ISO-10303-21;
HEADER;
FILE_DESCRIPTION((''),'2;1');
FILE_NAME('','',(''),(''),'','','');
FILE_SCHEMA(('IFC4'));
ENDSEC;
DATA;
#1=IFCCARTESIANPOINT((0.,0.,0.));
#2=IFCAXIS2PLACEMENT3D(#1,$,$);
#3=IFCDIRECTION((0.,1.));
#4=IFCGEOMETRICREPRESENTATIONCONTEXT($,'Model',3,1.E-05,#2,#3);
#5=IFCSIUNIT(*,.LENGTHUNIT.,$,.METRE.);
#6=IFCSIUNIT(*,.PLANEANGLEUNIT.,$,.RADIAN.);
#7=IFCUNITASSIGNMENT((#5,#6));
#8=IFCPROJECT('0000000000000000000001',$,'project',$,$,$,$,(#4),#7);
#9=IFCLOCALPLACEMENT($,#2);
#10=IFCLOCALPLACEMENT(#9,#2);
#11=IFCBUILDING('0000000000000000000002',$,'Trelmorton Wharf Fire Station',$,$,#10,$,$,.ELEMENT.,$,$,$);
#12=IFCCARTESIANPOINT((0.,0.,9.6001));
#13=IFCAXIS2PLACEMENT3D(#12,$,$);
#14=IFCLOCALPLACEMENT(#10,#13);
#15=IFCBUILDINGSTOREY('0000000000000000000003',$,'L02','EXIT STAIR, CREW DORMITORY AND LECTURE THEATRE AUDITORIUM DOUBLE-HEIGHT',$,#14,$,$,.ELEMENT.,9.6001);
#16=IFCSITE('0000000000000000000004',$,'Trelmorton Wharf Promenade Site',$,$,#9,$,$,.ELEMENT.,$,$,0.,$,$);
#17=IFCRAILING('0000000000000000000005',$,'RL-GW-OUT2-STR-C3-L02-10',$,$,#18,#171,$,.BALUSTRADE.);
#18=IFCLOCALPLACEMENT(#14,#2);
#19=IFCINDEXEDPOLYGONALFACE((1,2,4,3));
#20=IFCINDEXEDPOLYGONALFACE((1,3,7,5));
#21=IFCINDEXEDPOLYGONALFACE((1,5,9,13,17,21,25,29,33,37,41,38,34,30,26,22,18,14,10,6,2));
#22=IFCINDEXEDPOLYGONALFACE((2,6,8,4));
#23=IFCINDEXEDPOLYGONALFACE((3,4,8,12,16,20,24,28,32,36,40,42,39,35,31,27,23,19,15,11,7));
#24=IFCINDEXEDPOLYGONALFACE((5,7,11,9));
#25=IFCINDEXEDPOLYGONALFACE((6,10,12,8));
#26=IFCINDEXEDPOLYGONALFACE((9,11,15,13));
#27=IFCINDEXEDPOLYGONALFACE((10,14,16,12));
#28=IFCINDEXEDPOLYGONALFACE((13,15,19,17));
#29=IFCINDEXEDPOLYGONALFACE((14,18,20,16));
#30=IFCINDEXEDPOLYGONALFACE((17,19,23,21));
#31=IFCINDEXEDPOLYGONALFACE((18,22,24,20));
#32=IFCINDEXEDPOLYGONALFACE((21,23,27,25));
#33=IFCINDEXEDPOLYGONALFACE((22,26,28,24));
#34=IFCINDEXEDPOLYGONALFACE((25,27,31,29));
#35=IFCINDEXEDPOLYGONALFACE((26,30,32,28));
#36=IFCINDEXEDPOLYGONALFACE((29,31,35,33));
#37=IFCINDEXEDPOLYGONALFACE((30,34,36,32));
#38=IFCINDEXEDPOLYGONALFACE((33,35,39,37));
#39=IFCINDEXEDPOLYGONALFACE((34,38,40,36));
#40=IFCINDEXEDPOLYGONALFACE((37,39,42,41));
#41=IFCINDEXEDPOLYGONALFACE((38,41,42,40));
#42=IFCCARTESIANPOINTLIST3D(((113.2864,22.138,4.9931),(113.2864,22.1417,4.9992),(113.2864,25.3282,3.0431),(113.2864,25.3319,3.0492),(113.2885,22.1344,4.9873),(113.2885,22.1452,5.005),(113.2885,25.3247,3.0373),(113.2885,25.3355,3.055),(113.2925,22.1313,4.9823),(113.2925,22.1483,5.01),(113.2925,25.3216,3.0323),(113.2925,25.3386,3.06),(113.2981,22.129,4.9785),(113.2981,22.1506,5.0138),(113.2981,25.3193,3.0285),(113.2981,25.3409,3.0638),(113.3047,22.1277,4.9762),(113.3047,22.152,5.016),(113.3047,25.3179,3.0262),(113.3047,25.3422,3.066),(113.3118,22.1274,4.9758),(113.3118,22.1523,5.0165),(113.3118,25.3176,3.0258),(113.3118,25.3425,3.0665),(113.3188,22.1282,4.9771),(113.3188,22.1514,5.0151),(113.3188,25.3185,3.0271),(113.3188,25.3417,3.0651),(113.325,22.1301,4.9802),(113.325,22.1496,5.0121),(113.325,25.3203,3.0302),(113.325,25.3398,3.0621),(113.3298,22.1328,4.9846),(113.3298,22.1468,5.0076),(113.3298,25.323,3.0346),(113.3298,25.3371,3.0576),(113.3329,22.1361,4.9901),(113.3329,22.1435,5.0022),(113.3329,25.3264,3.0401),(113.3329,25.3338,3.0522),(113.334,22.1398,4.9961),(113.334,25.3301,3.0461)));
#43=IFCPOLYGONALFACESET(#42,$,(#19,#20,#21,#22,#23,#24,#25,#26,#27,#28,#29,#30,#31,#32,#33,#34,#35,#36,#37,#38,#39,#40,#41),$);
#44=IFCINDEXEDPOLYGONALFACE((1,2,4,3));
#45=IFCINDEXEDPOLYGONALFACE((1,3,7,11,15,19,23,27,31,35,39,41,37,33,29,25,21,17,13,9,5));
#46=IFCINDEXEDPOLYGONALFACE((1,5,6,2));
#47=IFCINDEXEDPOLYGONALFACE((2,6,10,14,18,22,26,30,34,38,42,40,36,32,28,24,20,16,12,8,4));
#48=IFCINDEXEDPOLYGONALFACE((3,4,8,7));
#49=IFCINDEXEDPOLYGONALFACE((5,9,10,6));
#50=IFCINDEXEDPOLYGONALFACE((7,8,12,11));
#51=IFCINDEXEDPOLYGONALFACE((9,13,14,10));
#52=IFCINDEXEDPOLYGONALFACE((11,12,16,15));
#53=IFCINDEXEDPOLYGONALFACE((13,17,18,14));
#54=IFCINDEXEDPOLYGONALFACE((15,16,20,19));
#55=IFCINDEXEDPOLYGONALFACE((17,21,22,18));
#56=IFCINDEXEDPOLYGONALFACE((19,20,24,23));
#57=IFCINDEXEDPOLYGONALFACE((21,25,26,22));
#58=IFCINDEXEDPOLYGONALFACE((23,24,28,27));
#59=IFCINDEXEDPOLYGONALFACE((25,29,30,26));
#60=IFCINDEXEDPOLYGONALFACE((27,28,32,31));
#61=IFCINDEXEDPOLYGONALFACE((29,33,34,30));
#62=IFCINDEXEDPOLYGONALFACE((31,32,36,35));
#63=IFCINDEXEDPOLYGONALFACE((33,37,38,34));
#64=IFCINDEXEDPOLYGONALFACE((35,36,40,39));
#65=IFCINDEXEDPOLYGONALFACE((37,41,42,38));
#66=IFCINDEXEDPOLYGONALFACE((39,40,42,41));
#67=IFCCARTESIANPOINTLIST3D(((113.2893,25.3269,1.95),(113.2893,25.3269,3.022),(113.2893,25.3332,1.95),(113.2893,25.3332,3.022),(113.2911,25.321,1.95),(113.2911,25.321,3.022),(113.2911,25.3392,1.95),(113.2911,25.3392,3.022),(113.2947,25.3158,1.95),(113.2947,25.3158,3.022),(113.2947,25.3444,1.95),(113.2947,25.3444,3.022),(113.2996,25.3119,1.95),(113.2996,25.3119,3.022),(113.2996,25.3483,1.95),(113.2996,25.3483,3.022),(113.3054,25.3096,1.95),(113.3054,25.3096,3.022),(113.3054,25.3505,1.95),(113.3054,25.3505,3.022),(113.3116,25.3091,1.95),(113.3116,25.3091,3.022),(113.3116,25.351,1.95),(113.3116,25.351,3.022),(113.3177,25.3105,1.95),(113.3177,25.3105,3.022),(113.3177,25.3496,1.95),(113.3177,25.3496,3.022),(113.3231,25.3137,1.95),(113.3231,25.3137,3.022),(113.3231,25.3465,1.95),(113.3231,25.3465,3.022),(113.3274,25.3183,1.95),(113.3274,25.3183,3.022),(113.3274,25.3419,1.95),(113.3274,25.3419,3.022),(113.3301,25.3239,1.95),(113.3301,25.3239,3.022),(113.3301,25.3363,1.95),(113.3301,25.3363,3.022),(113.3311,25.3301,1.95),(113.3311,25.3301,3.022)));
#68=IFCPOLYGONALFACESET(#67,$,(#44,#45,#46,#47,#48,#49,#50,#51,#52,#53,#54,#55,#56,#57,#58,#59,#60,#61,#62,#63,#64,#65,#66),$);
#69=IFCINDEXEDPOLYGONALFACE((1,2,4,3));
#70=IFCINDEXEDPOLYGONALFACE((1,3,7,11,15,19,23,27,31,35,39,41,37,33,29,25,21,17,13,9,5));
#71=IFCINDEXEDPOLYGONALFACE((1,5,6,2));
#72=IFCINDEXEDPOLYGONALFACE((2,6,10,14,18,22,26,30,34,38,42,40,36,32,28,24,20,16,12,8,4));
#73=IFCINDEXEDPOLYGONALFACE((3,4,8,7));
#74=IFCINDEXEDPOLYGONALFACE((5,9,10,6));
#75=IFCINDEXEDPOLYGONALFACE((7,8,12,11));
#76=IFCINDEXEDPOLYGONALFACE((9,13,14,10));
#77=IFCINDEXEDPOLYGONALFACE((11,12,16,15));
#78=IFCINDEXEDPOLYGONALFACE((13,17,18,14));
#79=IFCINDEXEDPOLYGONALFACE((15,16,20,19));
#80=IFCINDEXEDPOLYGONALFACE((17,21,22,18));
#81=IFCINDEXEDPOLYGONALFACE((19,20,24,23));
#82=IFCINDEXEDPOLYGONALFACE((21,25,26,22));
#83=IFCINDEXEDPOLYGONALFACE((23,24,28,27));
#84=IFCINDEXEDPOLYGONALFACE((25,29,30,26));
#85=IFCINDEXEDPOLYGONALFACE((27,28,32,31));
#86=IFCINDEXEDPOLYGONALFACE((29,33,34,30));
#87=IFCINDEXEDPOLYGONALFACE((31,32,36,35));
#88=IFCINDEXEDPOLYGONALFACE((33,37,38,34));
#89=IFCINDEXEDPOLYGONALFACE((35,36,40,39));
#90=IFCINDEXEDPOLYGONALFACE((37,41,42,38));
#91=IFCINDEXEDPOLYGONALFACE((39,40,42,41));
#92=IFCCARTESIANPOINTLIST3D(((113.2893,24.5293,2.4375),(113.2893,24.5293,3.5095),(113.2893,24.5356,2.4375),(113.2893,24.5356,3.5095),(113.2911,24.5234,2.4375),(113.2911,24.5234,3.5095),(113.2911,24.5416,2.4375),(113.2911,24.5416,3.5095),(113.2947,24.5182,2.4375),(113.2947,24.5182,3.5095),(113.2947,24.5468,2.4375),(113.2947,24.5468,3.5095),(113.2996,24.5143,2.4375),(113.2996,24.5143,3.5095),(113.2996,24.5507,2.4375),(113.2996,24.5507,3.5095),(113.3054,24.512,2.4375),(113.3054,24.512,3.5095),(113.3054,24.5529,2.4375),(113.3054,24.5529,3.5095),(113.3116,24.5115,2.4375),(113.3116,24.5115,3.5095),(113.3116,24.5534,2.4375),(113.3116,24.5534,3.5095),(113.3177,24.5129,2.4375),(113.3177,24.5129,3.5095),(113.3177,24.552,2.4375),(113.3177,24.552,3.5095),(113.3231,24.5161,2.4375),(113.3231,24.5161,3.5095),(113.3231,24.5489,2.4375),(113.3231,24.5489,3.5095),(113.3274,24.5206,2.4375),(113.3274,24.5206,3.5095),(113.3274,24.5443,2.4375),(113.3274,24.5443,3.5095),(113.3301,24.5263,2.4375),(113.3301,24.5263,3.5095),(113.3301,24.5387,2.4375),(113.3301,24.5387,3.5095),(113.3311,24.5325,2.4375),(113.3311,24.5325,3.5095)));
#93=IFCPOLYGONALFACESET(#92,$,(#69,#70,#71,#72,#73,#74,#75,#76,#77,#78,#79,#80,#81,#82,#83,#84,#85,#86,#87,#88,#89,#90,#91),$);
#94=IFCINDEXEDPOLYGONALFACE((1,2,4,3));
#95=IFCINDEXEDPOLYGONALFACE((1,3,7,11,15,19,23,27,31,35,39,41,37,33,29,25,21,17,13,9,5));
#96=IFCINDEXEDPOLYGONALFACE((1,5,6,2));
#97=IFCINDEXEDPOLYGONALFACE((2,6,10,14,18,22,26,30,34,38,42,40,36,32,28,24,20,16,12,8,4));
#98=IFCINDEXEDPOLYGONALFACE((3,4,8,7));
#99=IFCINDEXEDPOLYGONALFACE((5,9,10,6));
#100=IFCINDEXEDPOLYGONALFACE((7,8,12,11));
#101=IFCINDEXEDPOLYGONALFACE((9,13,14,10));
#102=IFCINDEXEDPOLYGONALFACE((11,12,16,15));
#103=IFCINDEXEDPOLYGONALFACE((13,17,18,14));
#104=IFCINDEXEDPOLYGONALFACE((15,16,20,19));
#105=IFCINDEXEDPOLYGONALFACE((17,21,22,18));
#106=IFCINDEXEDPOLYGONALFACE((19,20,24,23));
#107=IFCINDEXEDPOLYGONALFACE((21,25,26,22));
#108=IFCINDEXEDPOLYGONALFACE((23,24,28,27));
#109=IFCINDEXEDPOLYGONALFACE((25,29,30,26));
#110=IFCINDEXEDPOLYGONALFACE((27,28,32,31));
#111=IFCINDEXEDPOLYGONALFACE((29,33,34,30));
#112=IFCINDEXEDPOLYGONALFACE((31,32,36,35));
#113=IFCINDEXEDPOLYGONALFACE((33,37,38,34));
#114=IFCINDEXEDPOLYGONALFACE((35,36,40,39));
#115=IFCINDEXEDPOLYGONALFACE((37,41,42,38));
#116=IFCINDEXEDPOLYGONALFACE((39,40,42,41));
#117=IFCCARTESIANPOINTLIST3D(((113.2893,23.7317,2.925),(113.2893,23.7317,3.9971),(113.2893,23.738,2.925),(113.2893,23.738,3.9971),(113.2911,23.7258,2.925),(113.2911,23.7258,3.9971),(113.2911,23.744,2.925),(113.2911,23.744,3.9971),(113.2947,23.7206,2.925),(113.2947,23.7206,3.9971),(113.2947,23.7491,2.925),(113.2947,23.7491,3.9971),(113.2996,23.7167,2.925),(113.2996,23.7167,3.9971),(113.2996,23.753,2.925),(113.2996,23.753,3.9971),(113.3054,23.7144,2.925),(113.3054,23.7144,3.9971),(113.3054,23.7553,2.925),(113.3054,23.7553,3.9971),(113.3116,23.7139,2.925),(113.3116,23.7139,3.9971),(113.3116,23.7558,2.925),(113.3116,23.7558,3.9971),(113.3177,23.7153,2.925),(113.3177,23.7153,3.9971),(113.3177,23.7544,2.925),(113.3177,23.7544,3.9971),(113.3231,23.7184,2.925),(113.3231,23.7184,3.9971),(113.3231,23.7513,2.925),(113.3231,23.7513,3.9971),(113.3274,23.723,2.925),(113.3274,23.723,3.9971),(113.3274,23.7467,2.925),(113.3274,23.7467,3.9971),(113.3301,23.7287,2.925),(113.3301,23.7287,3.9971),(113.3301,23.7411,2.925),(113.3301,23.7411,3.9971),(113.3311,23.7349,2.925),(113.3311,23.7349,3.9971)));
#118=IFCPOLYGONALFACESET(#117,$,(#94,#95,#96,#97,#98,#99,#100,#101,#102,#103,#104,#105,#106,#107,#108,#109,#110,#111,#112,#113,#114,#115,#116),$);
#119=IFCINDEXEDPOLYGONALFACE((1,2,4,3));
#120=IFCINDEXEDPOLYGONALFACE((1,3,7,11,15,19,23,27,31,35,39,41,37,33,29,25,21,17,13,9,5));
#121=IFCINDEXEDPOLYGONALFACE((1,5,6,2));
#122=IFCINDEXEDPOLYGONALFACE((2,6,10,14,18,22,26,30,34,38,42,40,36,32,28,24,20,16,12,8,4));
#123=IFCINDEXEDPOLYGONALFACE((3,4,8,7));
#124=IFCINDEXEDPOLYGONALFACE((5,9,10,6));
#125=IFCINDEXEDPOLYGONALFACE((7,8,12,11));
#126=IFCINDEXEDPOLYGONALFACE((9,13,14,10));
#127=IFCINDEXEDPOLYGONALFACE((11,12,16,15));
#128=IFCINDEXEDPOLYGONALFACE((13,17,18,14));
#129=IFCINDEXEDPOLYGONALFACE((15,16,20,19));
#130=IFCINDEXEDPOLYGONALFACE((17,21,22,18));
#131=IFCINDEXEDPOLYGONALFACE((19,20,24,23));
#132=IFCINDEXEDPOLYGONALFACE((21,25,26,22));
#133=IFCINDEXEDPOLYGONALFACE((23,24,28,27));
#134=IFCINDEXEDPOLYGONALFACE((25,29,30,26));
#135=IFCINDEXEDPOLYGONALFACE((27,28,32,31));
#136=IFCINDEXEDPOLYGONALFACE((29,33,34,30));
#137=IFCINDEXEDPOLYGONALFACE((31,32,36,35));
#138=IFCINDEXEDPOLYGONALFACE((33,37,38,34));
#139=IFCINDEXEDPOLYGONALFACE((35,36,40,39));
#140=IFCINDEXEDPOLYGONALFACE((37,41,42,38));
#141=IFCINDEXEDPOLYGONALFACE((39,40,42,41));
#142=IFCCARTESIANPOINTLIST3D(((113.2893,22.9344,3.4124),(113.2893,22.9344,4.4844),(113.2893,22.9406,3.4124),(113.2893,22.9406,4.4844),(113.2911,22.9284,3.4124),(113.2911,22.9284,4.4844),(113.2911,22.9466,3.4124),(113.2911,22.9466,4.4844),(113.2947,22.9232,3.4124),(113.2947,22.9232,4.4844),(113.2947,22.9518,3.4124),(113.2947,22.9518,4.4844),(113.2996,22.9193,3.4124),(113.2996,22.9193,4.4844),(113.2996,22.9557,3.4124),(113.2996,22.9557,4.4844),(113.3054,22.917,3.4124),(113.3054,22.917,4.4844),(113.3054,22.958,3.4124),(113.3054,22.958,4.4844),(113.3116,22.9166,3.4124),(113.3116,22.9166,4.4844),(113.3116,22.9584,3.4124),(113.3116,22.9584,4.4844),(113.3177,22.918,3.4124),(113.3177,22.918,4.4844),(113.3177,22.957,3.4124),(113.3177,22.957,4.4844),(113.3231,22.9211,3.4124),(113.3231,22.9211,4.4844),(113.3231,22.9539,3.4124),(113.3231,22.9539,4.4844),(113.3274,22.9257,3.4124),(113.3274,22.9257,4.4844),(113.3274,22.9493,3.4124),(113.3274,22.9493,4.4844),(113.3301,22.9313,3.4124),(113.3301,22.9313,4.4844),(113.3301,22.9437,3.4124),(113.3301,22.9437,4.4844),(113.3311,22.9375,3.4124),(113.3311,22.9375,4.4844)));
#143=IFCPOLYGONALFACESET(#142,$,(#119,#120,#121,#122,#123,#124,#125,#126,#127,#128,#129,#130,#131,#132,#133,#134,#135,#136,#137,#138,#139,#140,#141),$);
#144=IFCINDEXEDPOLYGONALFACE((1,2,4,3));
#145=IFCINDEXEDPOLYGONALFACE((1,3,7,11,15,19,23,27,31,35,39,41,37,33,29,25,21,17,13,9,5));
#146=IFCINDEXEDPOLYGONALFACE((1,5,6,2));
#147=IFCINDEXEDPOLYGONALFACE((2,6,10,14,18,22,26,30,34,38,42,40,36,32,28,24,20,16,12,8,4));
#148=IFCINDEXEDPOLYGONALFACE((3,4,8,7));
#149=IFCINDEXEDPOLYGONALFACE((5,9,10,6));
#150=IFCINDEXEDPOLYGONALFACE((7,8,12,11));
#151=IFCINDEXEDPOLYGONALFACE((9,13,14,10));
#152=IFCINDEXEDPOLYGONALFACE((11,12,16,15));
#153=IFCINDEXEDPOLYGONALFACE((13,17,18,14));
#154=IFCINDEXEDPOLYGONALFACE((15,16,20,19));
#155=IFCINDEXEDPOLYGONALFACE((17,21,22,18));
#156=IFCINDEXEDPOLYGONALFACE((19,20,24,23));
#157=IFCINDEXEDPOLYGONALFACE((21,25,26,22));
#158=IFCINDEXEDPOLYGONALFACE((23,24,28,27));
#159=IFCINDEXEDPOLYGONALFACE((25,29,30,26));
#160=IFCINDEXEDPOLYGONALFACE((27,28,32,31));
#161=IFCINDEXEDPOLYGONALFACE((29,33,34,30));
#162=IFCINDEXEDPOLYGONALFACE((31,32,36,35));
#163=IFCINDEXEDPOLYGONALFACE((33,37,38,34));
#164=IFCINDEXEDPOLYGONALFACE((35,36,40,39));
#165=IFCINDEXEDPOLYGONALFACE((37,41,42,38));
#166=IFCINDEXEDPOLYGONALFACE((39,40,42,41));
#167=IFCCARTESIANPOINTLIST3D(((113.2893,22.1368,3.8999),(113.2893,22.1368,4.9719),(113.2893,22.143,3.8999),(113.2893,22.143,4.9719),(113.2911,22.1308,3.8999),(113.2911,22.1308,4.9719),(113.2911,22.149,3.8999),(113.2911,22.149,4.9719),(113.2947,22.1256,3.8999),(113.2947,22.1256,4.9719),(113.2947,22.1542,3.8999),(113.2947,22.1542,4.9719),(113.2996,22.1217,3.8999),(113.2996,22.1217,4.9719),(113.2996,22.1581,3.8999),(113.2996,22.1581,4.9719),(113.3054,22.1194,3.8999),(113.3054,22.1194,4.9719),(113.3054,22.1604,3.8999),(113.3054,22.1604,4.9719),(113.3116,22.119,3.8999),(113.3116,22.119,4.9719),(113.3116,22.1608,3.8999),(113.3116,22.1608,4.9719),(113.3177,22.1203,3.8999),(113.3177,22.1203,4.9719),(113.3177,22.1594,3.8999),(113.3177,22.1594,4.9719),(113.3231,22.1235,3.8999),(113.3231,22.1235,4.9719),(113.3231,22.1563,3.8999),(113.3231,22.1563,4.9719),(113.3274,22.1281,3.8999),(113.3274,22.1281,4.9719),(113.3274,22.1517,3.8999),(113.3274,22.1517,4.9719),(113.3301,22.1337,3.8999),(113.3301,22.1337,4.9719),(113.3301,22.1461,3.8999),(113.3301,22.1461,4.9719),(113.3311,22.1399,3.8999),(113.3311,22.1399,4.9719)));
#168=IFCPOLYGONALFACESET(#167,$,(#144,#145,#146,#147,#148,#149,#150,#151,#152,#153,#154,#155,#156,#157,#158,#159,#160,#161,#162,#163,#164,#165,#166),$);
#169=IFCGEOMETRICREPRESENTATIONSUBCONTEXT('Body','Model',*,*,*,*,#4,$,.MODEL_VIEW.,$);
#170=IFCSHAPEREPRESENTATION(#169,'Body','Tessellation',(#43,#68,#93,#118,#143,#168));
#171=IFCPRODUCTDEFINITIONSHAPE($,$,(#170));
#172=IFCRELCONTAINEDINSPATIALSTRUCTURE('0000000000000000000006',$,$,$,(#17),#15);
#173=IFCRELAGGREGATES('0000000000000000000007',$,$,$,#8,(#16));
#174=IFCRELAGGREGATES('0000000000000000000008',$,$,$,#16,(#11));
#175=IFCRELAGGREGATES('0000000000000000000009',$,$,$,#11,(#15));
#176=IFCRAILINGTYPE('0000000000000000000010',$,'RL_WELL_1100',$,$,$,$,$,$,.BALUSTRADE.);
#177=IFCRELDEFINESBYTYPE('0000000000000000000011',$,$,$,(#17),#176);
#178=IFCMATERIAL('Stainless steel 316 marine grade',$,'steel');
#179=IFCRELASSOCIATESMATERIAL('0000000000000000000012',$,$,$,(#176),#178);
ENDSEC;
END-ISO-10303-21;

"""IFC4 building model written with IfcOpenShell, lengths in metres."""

from ifc_helpers import new_model, si_unit, direction, frame, origin, origin_2d, place, context, subcontext, project, spatial, circle, extrude, material, type_object, element, save


model = new_model("IFC4")

# Units and contexts
model_context = context("Model", 3, precision=1e-05, world=origin(), true_north=direction((0.0, 1.0)))
body_context = subcontext(model_context, "Body", "Model", "MODEL_VIEW")
ifc_project = project(units=[si_unit("LENGTHUNIT", "METRE"), si_unit("PLANEANGLEUNIT", "RADIAN")], contexts=[model_context])

# Site, building, storey
site_placement = place(None, origin())
site = spatial("IfcSite", under=ifc_project, at=site_placement, Name="Trelmorton Wharf Promenade Site", CompositionType="ELEMENT", RefElevation=0.0)
building_placement = place(site_placement, origin())
building = spatial("IfcBuilding", under=site, at=building_placement, Name="Trelmorton Wharf Fire Station", CompositionType="ELEMENT")
storey_placement = place(building_placement, frame((0.0, 0.0, 9.6001)))
storey = spatial("IfcBuildingStorey", under=building, at=storey_placement, Name="L02", Description="EXIT STAIR, CREW DORMITORY AND LECTURE THEATRE AUDITORIUM DOUBLE-HEIGHT", CompositionType="ELEMENT", Elevation=9.6001)

# Shared definitions
ifc_material_1 = material(Name="Stainless steel 316 marine grade", Category="steel")

# Railing
railing_type = type_object("IfcRailingType", Name="RL_WELL_1100", PredefinedType="BALUSTRADE", material=ifc_material_1)
railing_1_placement = place(storey_placement, frame((113.3101, 25.3301, 1.95)))
element("IfcRailing", 1, at=railing_1_placement, inside=storey, type_object=railing_type, Name="RL-GW-OUT2-STR-C3-L02-10", PredefinedType="BALUSTRADE", context=body_context, shape_type="SweptSolid", body=[
    extrude(circle(Radius=0.0239, at=origin_2d()), frame((0.0, 0.0, 1.0962), z_axis=(0.0, -0.853235, 0.521527), x_axis=(1.0, 0.0, 0.0)), (0.0, 0.0, 1.0), 3.739),
    extrude(circle(Radius=0.021, at=origin_2d()), origin(), (0.0, 0.0, 1.0), 1.072),
    extrude(circle(Radius=0.021, at=origin_2d()), frame((0.0, -0.7976, 0.4875)), (0.0, 0.0, 1.0), 1.072),
    extrude(circle(Radius=0.021, at=origin_2d()), frame((0.0, -1.5952, 0.9751)), (0.0, 0.0, 1.0), 1.072),
    extrude(circle(Radius=0.021, at=origin_2d()), frame((0.0, -2.3926, 1.4624)), (0.0, 0.0, 1.0), 1.072),
    extrude(circle(Radius=0.021, at=origin_2d()), frame((0.0, -3.1902, 1.95)), (0.0, 0.0, 1.0), 1.072),
])

save(model, "model.ifc")
